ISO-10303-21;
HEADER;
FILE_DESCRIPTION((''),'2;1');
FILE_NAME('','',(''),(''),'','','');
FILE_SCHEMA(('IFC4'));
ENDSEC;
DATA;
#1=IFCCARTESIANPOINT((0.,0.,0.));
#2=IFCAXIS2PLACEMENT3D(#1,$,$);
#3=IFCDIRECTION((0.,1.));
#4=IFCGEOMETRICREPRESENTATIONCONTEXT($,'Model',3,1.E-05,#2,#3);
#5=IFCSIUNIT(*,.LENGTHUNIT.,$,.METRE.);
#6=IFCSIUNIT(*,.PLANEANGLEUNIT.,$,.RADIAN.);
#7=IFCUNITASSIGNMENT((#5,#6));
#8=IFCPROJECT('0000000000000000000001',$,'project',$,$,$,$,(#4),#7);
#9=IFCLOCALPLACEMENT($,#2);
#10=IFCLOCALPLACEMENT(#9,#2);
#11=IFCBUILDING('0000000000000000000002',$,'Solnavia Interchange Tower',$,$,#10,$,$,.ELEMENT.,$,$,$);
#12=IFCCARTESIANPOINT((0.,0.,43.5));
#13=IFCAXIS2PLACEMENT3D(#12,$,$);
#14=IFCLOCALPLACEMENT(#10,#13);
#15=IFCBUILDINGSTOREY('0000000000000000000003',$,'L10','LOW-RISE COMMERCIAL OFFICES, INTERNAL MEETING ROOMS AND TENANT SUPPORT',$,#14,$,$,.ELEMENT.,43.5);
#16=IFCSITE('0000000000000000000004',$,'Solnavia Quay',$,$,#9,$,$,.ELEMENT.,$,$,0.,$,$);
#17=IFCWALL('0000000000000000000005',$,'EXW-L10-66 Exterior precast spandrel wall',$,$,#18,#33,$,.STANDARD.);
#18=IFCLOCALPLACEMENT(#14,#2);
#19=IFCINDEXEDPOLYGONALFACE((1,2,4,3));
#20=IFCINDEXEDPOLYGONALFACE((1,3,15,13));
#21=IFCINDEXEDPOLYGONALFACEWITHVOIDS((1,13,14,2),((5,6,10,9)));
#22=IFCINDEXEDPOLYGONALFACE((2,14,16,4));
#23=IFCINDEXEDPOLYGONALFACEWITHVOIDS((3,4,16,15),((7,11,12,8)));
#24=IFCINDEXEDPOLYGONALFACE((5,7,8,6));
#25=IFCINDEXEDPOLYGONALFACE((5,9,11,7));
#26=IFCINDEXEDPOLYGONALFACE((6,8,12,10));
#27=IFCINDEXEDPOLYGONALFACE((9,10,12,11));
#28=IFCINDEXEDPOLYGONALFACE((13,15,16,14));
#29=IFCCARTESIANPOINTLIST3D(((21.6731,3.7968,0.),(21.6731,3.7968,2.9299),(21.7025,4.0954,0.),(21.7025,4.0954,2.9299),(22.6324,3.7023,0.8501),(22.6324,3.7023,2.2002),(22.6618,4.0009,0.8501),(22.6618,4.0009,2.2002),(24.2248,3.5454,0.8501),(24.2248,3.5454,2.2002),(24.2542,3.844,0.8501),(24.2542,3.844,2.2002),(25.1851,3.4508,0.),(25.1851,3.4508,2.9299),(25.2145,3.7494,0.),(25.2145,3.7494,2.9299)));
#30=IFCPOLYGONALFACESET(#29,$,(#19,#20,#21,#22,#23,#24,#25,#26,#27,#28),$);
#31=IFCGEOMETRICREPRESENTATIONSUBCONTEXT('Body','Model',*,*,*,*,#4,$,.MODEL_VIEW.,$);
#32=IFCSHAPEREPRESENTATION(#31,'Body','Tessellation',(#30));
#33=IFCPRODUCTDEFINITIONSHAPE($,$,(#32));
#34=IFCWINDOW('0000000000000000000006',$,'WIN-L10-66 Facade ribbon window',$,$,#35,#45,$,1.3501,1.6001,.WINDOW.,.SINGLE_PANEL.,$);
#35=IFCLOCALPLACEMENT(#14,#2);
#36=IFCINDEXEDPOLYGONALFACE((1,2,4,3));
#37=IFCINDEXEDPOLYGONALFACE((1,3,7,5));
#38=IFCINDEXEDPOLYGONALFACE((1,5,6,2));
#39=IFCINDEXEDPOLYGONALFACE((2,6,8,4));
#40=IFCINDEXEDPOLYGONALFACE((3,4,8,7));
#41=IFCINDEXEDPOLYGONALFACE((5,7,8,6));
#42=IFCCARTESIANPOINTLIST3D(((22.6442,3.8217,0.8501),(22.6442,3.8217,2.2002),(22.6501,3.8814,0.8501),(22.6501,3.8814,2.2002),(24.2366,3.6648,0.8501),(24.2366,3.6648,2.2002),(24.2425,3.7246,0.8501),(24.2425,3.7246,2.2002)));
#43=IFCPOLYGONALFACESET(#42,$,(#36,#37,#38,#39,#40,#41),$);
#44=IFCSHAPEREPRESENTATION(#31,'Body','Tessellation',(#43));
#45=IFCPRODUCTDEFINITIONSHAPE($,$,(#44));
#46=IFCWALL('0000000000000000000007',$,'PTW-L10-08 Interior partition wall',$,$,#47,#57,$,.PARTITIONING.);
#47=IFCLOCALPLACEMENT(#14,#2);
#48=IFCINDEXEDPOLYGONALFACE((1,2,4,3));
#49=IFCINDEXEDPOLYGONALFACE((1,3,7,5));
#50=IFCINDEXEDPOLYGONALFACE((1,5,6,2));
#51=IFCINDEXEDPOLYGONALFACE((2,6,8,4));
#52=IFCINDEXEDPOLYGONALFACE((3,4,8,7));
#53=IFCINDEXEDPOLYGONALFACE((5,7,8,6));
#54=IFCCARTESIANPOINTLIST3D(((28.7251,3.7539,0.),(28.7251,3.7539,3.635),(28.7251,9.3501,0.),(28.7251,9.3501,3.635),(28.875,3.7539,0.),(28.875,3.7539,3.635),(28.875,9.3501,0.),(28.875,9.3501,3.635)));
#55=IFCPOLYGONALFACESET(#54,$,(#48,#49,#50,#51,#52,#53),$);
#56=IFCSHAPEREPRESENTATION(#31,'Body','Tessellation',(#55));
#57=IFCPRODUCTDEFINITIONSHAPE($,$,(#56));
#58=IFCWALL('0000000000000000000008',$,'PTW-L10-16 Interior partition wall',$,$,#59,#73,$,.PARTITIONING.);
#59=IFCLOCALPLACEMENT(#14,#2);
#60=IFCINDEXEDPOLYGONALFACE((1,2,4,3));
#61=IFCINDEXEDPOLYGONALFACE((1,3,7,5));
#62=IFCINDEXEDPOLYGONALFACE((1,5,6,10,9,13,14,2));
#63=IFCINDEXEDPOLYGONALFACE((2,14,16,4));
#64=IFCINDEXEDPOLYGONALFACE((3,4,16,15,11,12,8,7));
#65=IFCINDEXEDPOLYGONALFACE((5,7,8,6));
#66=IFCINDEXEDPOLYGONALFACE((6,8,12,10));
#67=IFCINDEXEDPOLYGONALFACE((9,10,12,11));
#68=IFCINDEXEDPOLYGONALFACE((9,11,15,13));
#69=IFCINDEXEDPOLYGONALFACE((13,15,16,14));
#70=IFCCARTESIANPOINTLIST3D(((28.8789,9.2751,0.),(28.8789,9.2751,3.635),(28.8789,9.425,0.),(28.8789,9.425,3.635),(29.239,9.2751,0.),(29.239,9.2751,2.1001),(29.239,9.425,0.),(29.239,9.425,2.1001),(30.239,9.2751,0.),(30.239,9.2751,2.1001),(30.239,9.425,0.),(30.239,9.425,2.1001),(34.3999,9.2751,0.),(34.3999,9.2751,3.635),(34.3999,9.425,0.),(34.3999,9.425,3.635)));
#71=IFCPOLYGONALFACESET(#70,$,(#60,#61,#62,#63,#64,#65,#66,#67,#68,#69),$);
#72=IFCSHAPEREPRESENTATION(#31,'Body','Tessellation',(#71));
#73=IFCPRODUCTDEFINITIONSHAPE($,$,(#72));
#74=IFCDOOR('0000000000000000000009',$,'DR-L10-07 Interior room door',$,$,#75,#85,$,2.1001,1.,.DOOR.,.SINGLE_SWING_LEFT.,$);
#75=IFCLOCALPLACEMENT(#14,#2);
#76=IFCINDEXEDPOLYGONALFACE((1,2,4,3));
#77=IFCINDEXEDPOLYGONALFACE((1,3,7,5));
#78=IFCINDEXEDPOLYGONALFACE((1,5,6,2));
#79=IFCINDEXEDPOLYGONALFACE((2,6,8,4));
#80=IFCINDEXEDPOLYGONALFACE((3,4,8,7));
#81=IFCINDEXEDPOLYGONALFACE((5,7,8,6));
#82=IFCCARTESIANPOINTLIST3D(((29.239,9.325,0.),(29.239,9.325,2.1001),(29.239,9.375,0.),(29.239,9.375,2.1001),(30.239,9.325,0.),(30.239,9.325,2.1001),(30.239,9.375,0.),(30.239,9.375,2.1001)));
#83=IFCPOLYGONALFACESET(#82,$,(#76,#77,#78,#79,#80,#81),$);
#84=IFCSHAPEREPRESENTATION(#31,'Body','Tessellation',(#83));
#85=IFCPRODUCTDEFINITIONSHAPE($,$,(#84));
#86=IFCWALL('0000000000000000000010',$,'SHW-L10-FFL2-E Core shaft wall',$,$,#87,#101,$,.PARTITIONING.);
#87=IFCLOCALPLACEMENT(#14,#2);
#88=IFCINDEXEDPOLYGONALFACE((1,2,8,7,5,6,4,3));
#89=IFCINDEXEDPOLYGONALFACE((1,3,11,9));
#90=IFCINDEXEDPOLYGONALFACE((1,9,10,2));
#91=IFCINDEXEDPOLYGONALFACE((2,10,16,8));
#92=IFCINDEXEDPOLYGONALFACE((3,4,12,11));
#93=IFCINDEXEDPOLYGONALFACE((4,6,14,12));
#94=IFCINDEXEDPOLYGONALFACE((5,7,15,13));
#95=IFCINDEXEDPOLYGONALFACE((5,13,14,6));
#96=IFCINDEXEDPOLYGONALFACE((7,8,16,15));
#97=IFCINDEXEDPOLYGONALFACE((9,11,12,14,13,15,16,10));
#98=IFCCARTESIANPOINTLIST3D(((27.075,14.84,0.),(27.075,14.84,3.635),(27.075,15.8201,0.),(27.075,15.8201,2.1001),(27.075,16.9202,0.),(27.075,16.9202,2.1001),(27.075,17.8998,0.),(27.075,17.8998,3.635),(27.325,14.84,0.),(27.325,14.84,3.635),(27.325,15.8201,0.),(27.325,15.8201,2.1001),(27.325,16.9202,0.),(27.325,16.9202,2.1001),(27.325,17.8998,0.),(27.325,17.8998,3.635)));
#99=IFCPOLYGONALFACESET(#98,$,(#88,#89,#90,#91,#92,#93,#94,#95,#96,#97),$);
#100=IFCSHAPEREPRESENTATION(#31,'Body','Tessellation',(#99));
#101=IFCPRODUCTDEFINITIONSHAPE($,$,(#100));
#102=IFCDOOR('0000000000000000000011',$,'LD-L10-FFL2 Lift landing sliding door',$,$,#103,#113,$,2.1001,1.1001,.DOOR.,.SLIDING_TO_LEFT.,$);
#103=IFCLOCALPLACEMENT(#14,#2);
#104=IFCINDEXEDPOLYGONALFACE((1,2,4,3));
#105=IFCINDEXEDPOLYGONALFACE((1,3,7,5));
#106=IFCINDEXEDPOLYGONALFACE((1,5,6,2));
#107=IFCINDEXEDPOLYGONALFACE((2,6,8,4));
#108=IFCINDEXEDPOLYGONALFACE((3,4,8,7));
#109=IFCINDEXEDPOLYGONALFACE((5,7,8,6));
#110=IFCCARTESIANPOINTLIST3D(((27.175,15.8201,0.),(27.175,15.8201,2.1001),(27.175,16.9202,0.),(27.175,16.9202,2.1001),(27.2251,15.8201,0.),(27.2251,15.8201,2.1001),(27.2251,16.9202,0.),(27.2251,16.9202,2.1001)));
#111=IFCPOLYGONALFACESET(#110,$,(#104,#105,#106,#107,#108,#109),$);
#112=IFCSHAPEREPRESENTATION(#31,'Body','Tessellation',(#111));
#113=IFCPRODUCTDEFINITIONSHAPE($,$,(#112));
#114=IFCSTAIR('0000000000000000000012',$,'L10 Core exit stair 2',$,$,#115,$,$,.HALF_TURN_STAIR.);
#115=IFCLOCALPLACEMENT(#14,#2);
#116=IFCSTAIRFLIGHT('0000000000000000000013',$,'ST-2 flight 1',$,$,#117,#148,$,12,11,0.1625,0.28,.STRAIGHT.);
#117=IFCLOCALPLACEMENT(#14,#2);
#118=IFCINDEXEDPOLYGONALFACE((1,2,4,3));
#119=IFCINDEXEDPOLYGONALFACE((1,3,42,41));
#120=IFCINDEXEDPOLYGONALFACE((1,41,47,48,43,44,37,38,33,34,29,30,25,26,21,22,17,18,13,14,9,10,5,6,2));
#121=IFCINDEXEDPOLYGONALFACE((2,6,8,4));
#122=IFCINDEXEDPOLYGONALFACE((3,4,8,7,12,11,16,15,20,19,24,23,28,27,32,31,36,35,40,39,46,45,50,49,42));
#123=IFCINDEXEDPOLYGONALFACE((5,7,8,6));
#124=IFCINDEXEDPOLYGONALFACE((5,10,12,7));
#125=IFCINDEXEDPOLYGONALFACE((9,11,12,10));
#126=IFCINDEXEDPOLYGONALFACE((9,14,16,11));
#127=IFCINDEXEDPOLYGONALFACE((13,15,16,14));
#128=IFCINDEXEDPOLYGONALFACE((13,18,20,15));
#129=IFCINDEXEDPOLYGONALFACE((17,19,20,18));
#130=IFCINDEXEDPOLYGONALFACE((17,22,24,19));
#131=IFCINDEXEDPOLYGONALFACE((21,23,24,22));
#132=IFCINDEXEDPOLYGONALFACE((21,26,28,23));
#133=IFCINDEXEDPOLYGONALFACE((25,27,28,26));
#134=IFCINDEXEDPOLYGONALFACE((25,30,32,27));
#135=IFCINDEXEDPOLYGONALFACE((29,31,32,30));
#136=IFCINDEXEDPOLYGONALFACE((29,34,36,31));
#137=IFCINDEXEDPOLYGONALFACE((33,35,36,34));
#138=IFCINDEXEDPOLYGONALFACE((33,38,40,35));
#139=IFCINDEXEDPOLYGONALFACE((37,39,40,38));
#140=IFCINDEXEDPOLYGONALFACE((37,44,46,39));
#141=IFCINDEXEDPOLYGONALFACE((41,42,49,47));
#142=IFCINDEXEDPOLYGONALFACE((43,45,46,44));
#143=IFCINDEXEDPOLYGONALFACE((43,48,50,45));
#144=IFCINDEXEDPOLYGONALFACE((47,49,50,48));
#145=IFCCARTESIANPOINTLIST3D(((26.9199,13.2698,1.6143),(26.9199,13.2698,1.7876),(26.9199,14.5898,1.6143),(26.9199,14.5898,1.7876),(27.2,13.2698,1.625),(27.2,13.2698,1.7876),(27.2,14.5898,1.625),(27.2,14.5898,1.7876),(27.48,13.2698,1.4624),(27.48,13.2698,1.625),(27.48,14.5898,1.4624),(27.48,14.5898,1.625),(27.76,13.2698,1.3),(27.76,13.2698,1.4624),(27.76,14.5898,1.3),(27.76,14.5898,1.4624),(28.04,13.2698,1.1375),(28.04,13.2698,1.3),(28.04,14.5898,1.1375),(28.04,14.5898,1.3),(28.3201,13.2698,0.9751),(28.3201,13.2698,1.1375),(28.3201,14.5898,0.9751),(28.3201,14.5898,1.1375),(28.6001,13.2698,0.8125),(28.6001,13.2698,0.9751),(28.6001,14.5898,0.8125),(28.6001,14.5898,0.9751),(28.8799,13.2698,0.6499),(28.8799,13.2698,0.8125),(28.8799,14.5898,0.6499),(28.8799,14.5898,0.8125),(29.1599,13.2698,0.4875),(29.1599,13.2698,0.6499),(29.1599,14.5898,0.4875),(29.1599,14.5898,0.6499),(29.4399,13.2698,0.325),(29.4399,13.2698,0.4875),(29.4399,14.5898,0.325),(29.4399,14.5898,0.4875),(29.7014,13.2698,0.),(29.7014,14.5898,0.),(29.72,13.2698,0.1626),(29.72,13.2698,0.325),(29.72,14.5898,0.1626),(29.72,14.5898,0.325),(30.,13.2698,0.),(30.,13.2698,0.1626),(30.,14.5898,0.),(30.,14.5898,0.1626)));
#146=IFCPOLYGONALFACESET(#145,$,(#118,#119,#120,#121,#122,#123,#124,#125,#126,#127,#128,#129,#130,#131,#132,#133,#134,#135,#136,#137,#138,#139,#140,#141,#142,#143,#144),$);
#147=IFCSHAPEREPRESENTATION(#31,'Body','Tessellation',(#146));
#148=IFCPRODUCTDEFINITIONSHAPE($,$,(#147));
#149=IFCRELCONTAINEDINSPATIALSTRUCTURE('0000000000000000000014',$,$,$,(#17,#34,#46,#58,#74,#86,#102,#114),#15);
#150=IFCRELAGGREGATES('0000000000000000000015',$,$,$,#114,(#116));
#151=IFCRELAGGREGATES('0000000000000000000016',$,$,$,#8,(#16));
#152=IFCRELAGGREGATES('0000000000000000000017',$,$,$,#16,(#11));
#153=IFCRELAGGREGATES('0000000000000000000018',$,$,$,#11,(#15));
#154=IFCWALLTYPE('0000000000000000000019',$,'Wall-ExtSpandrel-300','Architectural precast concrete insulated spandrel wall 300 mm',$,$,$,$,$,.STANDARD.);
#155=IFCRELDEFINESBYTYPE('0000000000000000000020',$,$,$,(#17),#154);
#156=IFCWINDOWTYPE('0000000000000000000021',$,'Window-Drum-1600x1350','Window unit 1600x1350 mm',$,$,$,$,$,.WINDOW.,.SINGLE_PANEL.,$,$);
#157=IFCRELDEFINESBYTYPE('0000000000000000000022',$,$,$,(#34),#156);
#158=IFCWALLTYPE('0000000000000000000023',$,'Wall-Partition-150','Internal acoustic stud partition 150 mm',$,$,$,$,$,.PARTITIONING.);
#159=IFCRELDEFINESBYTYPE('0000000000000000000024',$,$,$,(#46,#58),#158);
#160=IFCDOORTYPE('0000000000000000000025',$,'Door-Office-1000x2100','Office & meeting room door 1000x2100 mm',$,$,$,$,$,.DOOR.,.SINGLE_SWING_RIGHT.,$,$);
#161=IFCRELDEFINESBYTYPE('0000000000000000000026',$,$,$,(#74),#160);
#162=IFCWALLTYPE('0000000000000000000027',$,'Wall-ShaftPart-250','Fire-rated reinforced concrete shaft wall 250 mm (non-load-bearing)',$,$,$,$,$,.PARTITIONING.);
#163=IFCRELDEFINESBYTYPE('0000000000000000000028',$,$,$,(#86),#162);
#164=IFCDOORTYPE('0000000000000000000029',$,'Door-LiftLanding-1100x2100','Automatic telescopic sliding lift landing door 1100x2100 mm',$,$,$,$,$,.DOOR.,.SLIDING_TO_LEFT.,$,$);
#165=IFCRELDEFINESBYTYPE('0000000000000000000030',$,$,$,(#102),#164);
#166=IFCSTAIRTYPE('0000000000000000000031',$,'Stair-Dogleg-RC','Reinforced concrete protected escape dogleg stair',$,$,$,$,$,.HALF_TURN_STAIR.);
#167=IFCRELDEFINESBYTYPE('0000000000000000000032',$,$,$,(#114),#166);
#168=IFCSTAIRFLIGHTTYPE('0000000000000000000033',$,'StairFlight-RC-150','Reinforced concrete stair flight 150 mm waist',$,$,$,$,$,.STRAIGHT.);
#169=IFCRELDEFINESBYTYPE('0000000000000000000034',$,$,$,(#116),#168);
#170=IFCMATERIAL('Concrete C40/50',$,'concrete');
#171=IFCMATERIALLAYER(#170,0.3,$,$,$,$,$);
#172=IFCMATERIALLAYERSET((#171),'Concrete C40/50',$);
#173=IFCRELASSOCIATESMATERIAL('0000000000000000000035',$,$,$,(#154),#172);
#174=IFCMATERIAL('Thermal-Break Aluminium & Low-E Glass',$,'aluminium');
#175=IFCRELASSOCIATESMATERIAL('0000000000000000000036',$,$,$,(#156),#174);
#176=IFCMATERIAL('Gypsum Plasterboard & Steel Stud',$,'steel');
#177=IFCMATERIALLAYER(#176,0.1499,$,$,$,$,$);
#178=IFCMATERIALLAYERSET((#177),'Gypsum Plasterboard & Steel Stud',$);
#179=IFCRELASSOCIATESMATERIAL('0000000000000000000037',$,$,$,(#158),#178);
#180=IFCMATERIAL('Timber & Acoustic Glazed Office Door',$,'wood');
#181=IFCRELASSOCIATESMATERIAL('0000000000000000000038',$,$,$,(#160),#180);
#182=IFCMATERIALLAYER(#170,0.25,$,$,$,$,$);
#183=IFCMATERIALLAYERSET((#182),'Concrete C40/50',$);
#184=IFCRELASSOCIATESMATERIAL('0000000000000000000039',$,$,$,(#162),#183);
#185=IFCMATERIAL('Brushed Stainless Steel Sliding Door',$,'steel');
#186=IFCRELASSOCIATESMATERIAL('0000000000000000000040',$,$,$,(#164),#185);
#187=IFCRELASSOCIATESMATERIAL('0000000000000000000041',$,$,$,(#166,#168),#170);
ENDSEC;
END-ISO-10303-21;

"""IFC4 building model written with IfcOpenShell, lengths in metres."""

from ifc_helpers import new_model, si_unit, direction, frame, frame_2d, origin, place, context, subcontext, project, spatial, polyline, rectangle, outline, extrude, material, layer, layer_set, type_object, element, fill, aggregate, save


model = new_model("IFC4")

# Units and contexts
model_context = context("Model", 3, precision=1e-05, world=origin(), true_north=direction((0.0, 1.0)))
body_context = subcontext(model_context, "Body", "Model", "MODEL_VIEW")
ifc_project = project(units=[si_unit("LENGTHUNIT", "METRE"), si_unit("PLANEANGLEUNIT", "RADIAN")], contexts=[model_context])

# Site, building, storey
site_placement = place(None, origin())
site = spatial("IfcSite", under=ifc_project, at=site_placement, Name="Solnavia Quay", CompositionType="ELEMENT", RefElevation=0.0)
building_placement = place(site_placement, origin())
building = spatial("IfcBuilding", under=site, at=building_placement, Name="Solnavia Interchange Tower", CompositionType="ELEMENT")
storey_placement = place(building_placement, frame((0.0, 0.0, 43.5)))
storey = spatial("IfcBuildingStorey", under=building, at=storey_placement, Name="L10", Description="LOW-RISE COMMERCIAL OFFICES, INTERNAL MEETING ROOMS AND TENANT SUPPORT", CompositionType="ELEMENT", Elevation=43.5)

# Shared definitions
ifc_material_1 = material(Name="Concrete C40/50", Category="concrete")
ifc_layer_1 = layer(ifc_material_1, 0.3)
ifc_layer_set_1 = layer_set([ifc_layer_1], Name="Concrete C40/50")
wall_type_1 = type_object("IfcWallType", Name="Wall-ExtSpandrel-300", Description="Architectural precast concrete insulated spandrel wall 300 mm", PredefinedType="STANDARD", material=ifc_layer_set_1)

# Wall, opening, window
wall_1_placement = place(storey_placement, frame((25.2, 3.6001, 0.0), z_axis=(0.0, 0.0, 1.0), x_axis=(-0.995183, 0.098031, 0.0)))
wall_1 = element("IfcWall", 1, at=wall_1_placement, inside=storey, type_object=wall_type_1, Name="EXW-L10-66 Exterior precast spandrel wall", PredefinedType="STANDARD", context=body_context, shape_type="SweptSolid", body=[
    extrude(rectangle(XDim=3.5291, YDim=0.3, at=frame_2d((1.7646, 0.0))), origin(), (0.0, 0.0, 1.0), 2.9299),
])
opening_1_placement = place(wall_1_placement, frame((0.9651, 0.0, 0.8501)))
opening_1 = element("IfcOpeningElement", 2, at=opening_1_placement, cuts=wall_1, PredefinedType="OPENING", context=body_context, shape_type="SweptSolid", body=[
    extrude(rectangle(XDim=1.6001, YDim=1.3501, at=frame_2d((0.8, 0.675))), frame((0.0, 0.1602, 0.0), z_axis=(0.0, -1.0, 0.0), x_axis=(1.0, 0.0, 0.0)), (0.0, 0.0, 1.0), 0.3201),
])
ifc_material_2 = material(Name="Thermal-Break Aluminium & Low-E Glass", Category="aluminium")
window_type = type_object("IfcWindowType", Name="Window-Drum-1600x1350", Description="Window unit 1600x1350 mm", PartitioningType="SINGLE_PANEL", PredefinedType="WINDOW", material=ifc_material_2)
window_placement = place(opening_1_placement, origin())
window = element("IfcWindow", 3, at=window_placement, inside=storey, type_object=window_type, Name="WIN-L10-66 Facade ribbon window", OverallHeight=1.3501, OverallWidth=1.6001, PartitioningType="SINGLE_PANEL", PredefinedType="WINDOW", context=body_context, shape_type="SweptSolid", body=[
    extrude(rectangle(XDim=1.6001, YDim=1.3501, at=frame_2d((0.8, 0.675))), frame((0.0, 0.03, 0.0), z_axis=(0.0, -1.0, 0.0), x_axis=(1.0, 0.0, 0.0)), (0.0, 0.0, 1.0), 0.0601),
])
fill(opening_1, window)

# Wall
ifc_material_3 = material(Name="Gypsum Plasterboard & Steel Stud", Category="steel")
ifc_layer_2 = layer(ifc_material_3, 0.1499)
ifc_layer_set_2 = layer_set([ifc_layer_2], Name="Gypsum Plasterboard & Steel Stud")
wall_type_2 = type_object("IfcWallType", Name="Wall-Partition-150", Description="Internal acoustic stud partition 150 mm", PredefinedType="PARTITIONING", material=ifc_layer_set_2)
wall_2_placement = place(storey_placement, frame((28.8, 9.3501, 0.0), z_axis=(0.0, 0.0, 1.0), x_axis=(0.0, -1.0, 0.0)))
element("IfcWall", 4, at=wall_2_placement, inside=storey, type_object=wall_type_2, Name="PTW-L10-08 Interior partition wall", PredefinedType="PARTITIONING", context=body_context, shape_type="SweptSolid", body=[
    extrude(rectangle(XDim=5.5962, YDim=0.1499, at=frame_2d((2.7981, 0.0))), origin(), (0.0, 0.0, 1.0), 3.635),
])

# Walls, openings, doors
wall_3_placement = place(storey_placement, frame((28.8789, 9.3501, 0.0), z_axis=(0.0, 0.0, 1.0), x_axis=(1.0, 0.0, 0.0)))
wall_3 = element("IfcWall", 5, at=wall_3_placement, inside=storey, type_object=wall_type_2, Name="PTW-L10-16 Interior partition wall", PredefinedType="PARTITIONING", context=body_context, shape_type="SweptSolid", body=[
    extrude(rectangle(XDim=5.521, YDim=0.1499, at=frame_2d((2.7605, 0.0))), origin(), (0.0, 0.0, 1.0), 3.635),
])
opening_2_placement = place(wall_3_placement, frame((0.3601, 0.0, 0.0)))
opening_2 = element("IfcOpeningElement", 6, at=opening_2_placement, cuts=wall_3, PredefinedType="OPENING", context=body_context, shape_type="SweptSolid", body=[
    extrude(rectangle(XDim=1.0, YDim=2.1001, at=frame_2d((0.5, 1.05))), frame((0.0, 0.085, 0.0), z_axis=(0.0, -1.0, 0.0), x_axis=(1.0, 0.0, 0.0)), (0.0, 0.0, 1.0), 0.1699),
])
ifc_material_4 = material(Name="Timber & Acoustic Glazed Office Door", Category="wood")
door_type_1 = type_object("IfcDoorType", Name="Door-Office-1000x2100", Description="Office & meeting room door 1000x2100 mm", OperationType="SINGLE_SWING_RIGHT", PredefinedType="DOOR", material=ifc_material_4)
door_1_placement = place(opening_2_placement, origin())
door_1 = element("IfcDoor", 7, at=door_1_placement, inside=storey, type_object=door_type_1, Name="DR-L10-07 Interior room door", OperationType="SINGLE_SWING_LEFT", OverallHeight=2.1001, OverallWidth=1.0, PredefinedType="DOOR", context=body_context, shape_type="SweptSolid", body=[
    extrude(rectangle(XDim=1.0, YDim=2.1001, at=frame_2d((0.5, 1.05))), frame((0.0, 0.0249, 0.0), z_axis=(0.0, -1.0, 0.0), x_axis=(1.0, 0.0, 0.0)), (0.0, 0.0, 1.0), 0.05),
])
fill(opening_2, door_1)
ifc_layer_3 = layer(ifc_material_1, 0.25)
ifc_layer_set_3 = layer_set([ifc_layer_3], Name="Concrete C40/50")
wall_type_3 = type_object("IfcWallType", Name="Wall-ShaftPart-250", Description="Fire-rated reinforced concrete shaft wall 250 mm (non-load-bearing)", PredefinedType="PARTITIONING", material=ifc_layer_set_3)
wall_4_placement = place(storey_placement, frame((27.2, 14.8401, 0.0), z_axis=(0.0, 0.0, 1.0), x_axis=(0.0, 1.0, 0.0)))
wall_4 = element("IfcWall", 8, at=wall_4_placement, inside=storey, type_object=wall_type_3, Name="SHW-L10-FFL2-E Core shaft wall", PredefinedType="PARTITIONING", context=body_context, shape_type="SweptSolid", body=[
    extrude(rectangle(XDim=3.0598, YDim=0.25, at=frame_2d((1.5298, 0.0))), origin(), (0.0, 0.0, 1.0), 3.635),
])
opening_3_placement = place(wall_4_placement, frame((0.98, 0.0, 0.0)))
opening_3 = element("IfcOpeningElement", 9, at=opening_3_placement, cuts=wall_4, PredefinedType="OPENING", context=body_context, shape_type="SweptSolid", body=[
    extrude(rectangle(XDim=1.1001, YDim=2.1001, at=frame_2d((0.55, 1.05))), frame((0.0, 0.135, 0.0), z_axis=(0.0, -1.0, 0.0), x_axis=(1.0, 0.0, 0.0)), (0.0, 0.0, 1.0), 0.27),
])
ifc_material_5 = material(Name="Brushed Stainless Steel Sliding Door", Category="steel")
door_type_2 = type_object("IfcDoorType", Name="Door-LiftLanding-1100x2100", Description="Automatic telescopic sliding lift landing door 1100x2100 mm", OperationType="SLIDING_TO_LEFT", PredefinedType="DOOR", material=ifc_material_5)
door_2_placement = place(opening_3_placement, origin())
door_2 = element("IfcDoor", 10, at=door_2_placement, inside=storey, type_object=door_type_2, Name="LD-L10-FFL2 Lift landing sliding door", OperationType="SLIDING_TO_LEFT", OverallHeight=2.1001, OverallWidth=1.1001, PredefinedType="DOOR", context=body_context, shape_type="SweptSolid", body=[
    extrude(rectangle(XDim=1.1001, YDim=2.1001, at=frame_2d((0.55, 1.05))), frame((0.0, 0.0249, 0.0), z_axis=(0.0, -1.0, 0.0), x_axis=(1.0, 0.0, 0.0)), (0.0, 0.0, 1.0), 0.05),
])
fill(opening_3, door_2)

# Stair, stair flight
stair_type = type_object("IfcStairType", Name="Stair-Dogleg-RC", Description="Reinforced concrete protected escape dogleg stair", PredefinedType="HALF_TURN_STAIR", material=ifc_material_1)
stair_placement = place(storey_placement, origin())
stair = element("IfcStair", 11, at=stair_placement, inside=storey, type_object=stair_type, Name="L10 Core exit stair 2", PredefinedType="HALF_TURN_STAIR")
stair_flight_type = type_object("IfcStairFlightType", Name="StairFlight-RC-150", Description="Reinforced concrete stair flight 150 mm waist", PredefinedType="STRAIGHT", material=ifc_material_1)
stair_flight_1_placement = place(storey_placement, frame((30.0, 13.9299, 0.0), z_axis=(0.0, 0.0, 1.0), x_axis=(-1.0, 0.0, 0.0)))
stair_flight_1 = element("IfcStairFlight", 12, at=stair_flight_1_placement, type_object=stair_flight_type, Name="ST-2 flight 1", NumberOfRisers=12, NumberOfTreads=11, PredefinedType="STRAIGHT", RiserHeight=0.1625, TreadLength=0.28, context=body_context, shape_type="SweptSolid", body=[
    extrude(outline(polyline([(0.0, 0.0), (0.0, 0.1626), (0.28, 0.1626), (0.28, 0.325), (0.5601, 0.325), (0.5601, 0.4875), (0.8401, 0.4875), (0.8401, 0.6499), (1.1201, 0.6499), (1.1201, 0.8125), (1.3999, 0.8125), (1.3999, 0.9751), (1.6799, 0.9751), (1.6799, 1.1375), (1.96, 1.1375), (1.96, 1.3), (2.24, 1.3), (2.24, 1.4624), (2.52, 1.4624), (2.52, 1.625), (2.8, 1.625), (2.8, 1.7876), (3.0801, 1.7876), (3.0801, 1.95), (3.0801, 1.6143), (0.2986, 0.0), (0.0, 0.0)])), frame((0.0, 0.6602, 0.0), z_axis=(0.0, -1.0, 0.0), x_axis=(1.0, 0.0, 0.0)), (0.0, 0.0, 1.0), 1.3201),
])
aggregate(stair, [stair_flight_1])

save(model, "model.ifc")
